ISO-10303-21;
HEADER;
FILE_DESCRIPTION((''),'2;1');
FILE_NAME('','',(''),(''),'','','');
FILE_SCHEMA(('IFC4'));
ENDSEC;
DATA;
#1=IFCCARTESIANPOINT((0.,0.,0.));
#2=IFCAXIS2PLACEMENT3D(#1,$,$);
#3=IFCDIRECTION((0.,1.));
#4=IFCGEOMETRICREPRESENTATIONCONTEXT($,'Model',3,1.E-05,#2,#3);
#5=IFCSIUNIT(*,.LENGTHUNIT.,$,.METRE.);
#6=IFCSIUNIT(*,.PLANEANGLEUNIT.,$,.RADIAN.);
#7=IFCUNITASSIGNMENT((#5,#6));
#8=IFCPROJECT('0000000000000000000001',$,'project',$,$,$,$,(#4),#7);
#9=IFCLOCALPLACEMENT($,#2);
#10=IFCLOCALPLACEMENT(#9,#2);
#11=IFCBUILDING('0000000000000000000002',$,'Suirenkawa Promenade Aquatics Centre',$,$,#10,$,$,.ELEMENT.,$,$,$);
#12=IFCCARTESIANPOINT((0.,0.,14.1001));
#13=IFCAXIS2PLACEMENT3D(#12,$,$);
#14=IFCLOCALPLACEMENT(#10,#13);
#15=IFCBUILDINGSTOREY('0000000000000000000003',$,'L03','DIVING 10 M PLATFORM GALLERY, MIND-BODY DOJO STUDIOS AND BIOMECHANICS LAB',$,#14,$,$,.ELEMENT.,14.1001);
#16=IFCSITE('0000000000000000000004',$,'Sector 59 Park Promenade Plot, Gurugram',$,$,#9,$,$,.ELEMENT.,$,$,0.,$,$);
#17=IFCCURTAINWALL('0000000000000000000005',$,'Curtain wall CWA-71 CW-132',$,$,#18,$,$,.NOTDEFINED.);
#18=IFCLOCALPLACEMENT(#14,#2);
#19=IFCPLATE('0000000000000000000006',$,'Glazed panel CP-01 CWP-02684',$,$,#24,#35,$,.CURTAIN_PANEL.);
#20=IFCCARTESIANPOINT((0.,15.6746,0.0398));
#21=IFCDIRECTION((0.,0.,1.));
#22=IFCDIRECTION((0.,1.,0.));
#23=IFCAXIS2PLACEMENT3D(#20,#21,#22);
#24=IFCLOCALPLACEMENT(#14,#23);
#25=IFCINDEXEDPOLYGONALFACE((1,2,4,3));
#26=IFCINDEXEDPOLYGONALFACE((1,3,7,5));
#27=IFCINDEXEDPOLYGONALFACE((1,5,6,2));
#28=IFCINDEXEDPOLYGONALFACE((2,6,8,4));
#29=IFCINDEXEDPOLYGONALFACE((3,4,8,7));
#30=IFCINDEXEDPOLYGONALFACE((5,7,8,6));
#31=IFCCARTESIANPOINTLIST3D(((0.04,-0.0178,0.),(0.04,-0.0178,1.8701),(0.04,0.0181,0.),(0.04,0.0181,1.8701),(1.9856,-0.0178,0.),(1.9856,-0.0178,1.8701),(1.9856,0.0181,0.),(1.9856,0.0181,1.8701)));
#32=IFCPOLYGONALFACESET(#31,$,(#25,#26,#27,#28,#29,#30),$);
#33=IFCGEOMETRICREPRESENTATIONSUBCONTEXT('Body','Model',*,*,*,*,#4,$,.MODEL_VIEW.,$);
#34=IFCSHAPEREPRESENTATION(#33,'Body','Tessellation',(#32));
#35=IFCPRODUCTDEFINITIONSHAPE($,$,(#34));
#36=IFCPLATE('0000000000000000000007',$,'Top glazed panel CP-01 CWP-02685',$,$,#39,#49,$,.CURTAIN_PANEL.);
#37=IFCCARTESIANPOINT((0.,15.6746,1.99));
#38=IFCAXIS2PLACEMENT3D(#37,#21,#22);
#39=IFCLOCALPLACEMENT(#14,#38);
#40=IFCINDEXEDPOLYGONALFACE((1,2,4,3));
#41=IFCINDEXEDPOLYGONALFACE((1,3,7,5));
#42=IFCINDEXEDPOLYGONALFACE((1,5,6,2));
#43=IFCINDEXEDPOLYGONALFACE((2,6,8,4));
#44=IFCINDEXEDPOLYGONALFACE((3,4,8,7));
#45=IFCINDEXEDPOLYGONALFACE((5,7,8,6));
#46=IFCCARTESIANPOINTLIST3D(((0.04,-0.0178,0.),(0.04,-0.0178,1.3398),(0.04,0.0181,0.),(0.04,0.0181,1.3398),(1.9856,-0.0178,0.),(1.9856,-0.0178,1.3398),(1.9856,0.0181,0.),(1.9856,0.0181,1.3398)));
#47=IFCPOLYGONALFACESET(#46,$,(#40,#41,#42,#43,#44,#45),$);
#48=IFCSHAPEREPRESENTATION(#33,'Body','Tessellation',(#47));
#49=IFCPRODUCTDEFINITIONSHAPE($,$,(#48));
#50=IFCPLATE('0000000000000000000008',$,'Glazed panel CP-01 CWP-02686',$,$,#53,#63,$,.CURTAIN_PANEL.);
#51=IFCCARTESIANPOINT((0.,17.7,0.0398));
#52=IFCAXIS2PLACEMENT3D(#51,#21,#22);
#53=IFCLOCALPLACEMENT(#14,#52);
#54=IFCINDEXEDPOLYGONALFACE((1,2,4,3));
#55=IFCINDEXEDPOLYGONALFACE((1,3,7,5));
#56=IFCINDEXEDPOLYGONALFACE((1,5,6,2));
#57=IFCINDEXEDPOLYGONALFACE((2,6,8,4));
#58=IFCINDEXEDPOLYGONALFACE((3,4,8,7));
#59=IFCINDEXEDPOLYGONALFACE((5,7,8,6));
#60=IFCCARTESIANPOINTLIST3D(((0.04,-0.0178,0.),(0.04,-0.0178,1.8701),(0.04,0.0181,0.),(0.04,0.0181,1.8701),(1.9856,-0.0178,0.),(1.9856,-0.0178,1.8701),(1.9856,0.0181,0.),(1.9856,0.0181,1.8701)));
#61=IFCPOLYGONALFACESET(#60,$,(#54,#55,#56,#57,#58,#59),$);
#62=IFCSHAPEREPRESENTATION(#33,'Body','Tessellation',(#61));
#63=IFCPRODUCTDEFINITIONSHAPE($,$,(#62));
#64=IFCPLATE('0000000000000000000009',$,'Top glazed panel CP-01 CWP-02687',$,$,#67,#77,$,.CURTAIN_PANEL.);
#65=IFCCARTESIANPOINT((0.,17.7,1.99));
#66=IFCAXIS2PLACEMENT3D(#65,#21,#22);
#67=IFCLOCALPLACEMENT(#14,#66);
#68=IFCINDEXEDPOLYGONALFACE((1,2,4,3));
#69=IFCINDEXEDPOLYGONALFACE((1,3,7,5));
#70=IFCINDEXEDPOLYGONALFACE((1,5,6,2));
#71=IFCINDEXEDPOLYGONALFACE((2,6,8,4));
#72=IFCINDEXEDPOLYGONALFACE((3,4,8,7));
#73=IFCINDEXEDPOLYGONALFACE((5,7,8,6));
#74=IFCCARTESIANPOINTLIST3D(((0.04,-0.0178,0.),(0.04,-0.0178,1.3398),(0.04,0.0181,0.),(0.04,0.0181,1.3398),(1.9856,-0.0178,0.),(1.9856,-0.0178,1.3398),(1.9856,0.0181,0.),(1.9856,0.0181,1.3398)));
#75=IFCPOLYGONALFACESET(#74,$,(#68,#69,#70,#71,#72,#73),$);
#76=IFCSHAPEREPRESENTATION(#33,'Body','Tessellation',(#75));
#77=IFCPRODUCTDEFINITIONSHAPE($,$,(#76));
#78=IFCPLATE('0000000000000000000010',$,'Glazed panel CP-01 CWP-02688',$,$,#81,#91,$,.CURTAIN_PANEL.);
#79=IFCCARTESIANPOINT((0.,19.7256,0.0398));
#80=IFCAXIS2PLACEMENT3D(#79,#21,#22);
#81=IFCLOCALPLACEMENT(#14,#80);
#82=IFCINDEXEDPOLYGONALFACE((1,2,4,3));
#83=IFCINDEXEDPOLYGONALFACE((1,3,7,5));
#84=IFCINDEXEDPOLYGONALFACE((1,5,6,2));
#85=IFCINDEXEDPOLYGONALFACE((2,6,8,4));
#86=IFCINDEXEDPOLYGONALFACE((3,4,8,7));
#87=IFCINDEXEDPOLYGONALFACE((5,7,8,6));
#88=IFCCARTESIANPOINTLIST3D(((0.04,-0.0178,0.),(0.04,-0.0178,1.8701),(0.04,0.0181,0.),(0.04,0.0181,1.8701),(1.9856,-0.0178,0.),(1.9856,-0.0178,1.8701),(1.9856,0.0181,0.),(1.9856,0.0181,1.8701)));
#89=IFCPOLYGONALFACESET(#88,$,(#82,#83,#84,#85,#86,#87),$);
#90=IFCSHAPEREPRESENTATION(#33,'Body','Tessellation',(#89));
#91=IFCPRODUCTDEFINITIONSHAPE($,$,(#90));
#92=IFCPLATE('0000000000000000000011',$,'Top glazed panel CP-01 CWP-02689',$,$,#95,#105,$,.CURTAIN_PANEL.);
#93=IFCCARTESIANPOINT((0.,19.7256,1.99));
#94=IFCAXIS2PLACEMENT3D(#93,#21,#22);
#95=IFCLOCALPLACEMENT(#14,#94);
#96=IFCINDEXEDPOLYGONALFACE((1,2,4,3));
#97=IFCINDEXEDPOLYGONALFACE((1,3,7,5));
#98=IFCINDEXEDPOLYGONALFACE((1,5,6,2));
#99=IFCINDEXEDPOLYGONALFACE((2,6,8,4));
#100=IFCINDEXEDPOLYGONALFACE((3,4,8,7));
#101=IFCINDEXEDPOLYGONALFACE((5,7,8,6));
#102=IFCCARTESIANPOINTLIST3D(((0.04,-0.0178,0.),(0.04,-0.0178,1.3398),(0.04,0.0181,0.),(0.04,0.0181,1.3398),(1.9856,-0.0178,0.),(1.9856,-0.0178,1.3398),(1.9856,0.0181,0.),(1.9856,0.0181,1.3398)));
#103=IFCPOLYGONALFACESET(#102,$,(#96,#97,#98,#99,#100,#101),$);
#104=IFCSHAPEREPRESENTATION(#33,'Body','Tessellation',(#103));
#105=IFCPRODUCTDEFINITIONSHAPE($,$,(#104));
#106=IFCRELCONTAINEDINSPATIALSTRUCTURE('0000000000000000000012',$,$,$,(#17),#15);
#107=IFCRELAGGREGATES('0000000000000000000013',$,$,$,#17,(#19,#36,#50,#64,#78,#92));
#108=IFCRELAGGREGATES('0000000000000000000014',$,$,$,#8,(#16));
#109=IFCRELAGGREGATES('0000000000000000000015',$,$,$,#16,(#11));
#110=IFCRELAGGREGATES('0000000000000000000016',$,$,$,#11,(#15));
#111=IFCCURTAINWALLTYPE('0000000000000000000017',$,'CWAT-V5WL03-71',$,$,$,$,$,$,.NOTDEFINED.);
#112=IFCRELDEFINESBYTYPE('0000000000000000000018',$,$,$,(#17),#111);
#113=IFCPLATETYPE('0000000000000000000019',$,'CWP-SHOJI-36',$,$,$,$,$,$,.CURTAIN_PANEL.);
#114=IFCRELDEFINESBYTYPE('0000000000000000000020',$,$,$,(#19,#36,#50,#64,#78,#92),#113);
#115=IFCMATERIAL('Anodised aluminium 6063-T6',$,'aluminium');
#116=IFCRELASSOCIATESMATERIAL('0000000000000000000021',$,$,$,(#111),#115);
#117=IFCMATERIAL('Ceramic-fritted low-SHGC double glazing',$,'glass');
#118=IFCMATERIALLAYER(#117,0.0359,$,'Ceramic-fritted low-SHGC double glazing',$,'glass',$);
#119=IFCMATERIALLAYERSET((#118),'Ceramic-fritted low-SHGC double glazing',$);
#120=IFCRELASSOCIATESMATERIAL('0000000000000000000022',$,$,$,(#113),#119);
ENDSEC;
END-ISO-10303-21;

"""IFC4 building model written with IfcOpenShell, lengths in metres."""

from ifc_helpers import new_model, si_unit, direction, frame, origin, place, context, subcontext, project, spatial, polyline, outline, extrude, material, layer, layer_set, type_object, element, aggregate, save


model = new_model("IFC4")

# Units and contexts
model_context = context("Model", 3, precision=1e-05, world=origin(), true_north=direction((0.0, 1.0)))
body_context = subcontext(model_context, "Body", "Model", "MODEL_VIEW")
ifc_project = project(units=[si_unit("LENGTHUNIT", "METRE"), si_unit("PLANEANGLEUNIT", "RADIAN")], contexts=[model_context])

# Site, building, storey
site_placement = place(None, origin())
site = spatial("IfcSite", under=ifc_project, at=site_placement, Name="Sector 59 Park Promenade Plot, Gurugram", CompositionType="ELEMENT", RefElevation=0.0)
building_placement = place(site_placement, origin())
building = spatial("IfcBuilding", under=site, at=building_placement, Name="Suirenkawa Promenade Aquatics Centre", CompositionType="ELEMENT")
storey_placement = place(building_placement, frame((0.0, 0.0, 14.1001)))
storey = spatial("IfcBuildingStorey", under=building, at=storey_placement, Name="L03", Description="DIVING 10 M PLATFORM GALLERY, MIND-BODY DOJO STUDIOS AND BIOMECHANICS LAB", CompositionType="ELEMENT", Elevation=14.1001)

# Curtain wall, plates
ifc_material_1 = material(Name="Anodised aluminium 6063-T6", Category="aluminium")
curtain_wall_type = type_object("IfcCurtainWallType", Name="CWAT-V5WL03-71", PredefinedType="NOTDEFINED", material=ifc_material_1)
curtain_wall_placement = place(storey_placement, origin())
curtain_wall = element("IfcCurtainWall", 1, at=curtain_wall_placement, inside=storey, type_object=curtain_wall_type, Name="Curtain wall CWA-71 CW-132", PredefinedType="NOTDEFINED")
ifc_material_2 = material(Name="Ceramic-fritted low-SHGC double glazing", Category="glass")
ifc_layer_1 = layer(ifc_material_2, 0.0359, Name="Ceramic-fritted low-SHGC double glazing", Category="glass")
ifc_layer_set_1 = layer_set([ifc_layer_1], Name="Ceramic-fritted low-SHGC double glazing")
plate_type = type_object("IfcPlateType", Name="CWP-SHOJI-36", PredefinedType="CURTAIN_PANEL", material=ifc_layer_set_1)
plate_1_placement = place(storey_placement, frame((0.0, 15.6746, 0.0398), z_axis=(0.0, 0.0, 1.0), x_axis=(0.0, 1.0, 0.0)))
plate_1 = element("IfcPlate", 2, at=plate_1_placement, type_object=plate_type, Name="Glazed panel CP-01 CWP-02684", PredefinedType="CURTAIN_PANEL", context=body_context, shape_type="SweptSolid", body=[
    extrude(outline(polyline([(0.04, 0.0), (1.9856, 0.0), (1.9856, 1.8701), (0.04, 1.8701), (0.04, 0.0)])), frame((0.0, 0.0181, 0.0), z_axis=(0.0, -1.0, 0.0), x_axis=(1.0, 0.0, 0.0)), (0.0, 0.0, 1.0), 0.0359),
])
plate_2_placement = place(storey_placement, frame((0.0, 15.6746, 1.99), z_axis=(0.0, 0.0, 1.0), x_axis=(0.0, 1.0, 0.0)))
plate_2 = element("IfcPlate", 3, at=plate_2_placement, type_object=plate_type, Name="Top glazed panel CP-01 CWP-02685", PredefinedType="CURTAIN_PANEL", context=body_context, shape_type="SweptSolid", body=[
    extrude(outline(polyline([(0.04, 0.0), (1.9856, 0.0), (1.9856, 1.3398), (0.04, 1.3398), (0.04, 0.0)])), frame((0.0, 0.0181, 0.0), z_axis=(0.0, -1.0, 0.0), x_axis=(1.0, 0.0, 0.0)), (0.0, 0.0, 1.0), 0.0359),
])
plate_3_placement = place(storey_placement, frame((0.0, 17.7, 0.0398), z_axis=(0.0, 0.0, 1.0), x_axis=(0.0, 1.0, 0.0)))
plate_3 = element("IfcPlate", 4, at=plate_3_placement, type_object=plate_type, Name="Glazed panel CP-01 CWP-02686", PredefinedType="CURTAIN_PANEL", context=body_context, shape_type="SweptSolid", body=[
    extrude(outline(polyline([(0.04, 0.0), (1.9856, 0.0), (1.9856, 1.8701), (0.04, 1.8701), (0.04, 0.0)])), frame((0.0, 0.0181, 0.0), z_axis=(0.0, -1.0, 0.0), x_axis=(1.0, 0.0, 0.0)), (0.0, 0.0, 1.0), 0.0359),
])
plate_4_placement = place(storey_placement, frame((0.0, 17.7, 1.99), z_axis=(0.0, 0.0, 1.0), x_axis=(0.0, 1.0, 0.0)))
plate_4 = element("IfcPlate", 5, at=plate_4_placement, type_object=plate_type, Name="Top glazed panel CP-01 CWP-02687", PredefinedType="CURTAIN_PANEL", context=body_context, shape_type="SweptSolid", body=[
    extrude(outline(polyline([(0.04, 0.0), (1.9856, 0.0), (1.9856, 1.3398), (0.04, 1.3398), (0.04, 0.0)])), frame((0.0, 0.0181, 0.0), z_axis=(0.0, -1.0, 0.0), x_axis=(1.0, 0.0, 0.0)), (0.0, 0.0, 1.0), 0.0359),
])
plate_5_placement = place(storey_placement, frame((0.0, 19.7256, 0.0398), z_axis=(0.0, 0.0, 1.0), x_axis=(0.0, 1.0, 0.0)))
plate_5 = element("IfcPlate", 6, at=plate_5_placement, type_object=plate_type, Name="Glazed panel CP-01 CWP-02688", PredefinedType="CURTAIN_PANEL", context=body_context, shape_type="SweptSolid", body=[
    extrude(outline(polyline([(0.04, 0.0), (1.9856, 0.0), (1.9856, 1.8701), (0.04, 1.8701), (0.04, 0.0)])), frame((0.0, 0.0181, 0.0), z_axis=(0.0, -1.0, 0.0), x_axis=(1.0, 0.0, 0.0)), (0.0, 0.0, 1.0), 0.0359),
])
plate_6_placement = place(storey_placement, frame((0.0, 19.7256, 1.99), z_axis=(0.0, 0.0, 1.0), x_axis=(0.0, 1.0, 0.0)))
plate_6 = element("IfcPlate", 7, at=plate_6_placement, type_object=plate_type, Name="Top glazed panel CP-01 CWP-02689", PredefinedType="CURTAIN_PANEL", context=body_context, shape_type="SweptSolid", body=[
    extrude(outline(polyline([(0.04, 0.0), (1.9856, 0.0), (1.9856, 1.3398), (0.04, 1.3398), (0.04, 0.0)])), frame((0.0, 0.0181, 0.0), z_axis=(0.0, -1.0, 0.0), x_axis=(1.0, 0.0, 0.0)), (0.0, 0.0, 1.0), 0.0359),
])
aggregate(curtain_wall, [plate_1, plate_2, plate_3, plate_4, plate_5, plate_6])

save(model, "model.ifc")
